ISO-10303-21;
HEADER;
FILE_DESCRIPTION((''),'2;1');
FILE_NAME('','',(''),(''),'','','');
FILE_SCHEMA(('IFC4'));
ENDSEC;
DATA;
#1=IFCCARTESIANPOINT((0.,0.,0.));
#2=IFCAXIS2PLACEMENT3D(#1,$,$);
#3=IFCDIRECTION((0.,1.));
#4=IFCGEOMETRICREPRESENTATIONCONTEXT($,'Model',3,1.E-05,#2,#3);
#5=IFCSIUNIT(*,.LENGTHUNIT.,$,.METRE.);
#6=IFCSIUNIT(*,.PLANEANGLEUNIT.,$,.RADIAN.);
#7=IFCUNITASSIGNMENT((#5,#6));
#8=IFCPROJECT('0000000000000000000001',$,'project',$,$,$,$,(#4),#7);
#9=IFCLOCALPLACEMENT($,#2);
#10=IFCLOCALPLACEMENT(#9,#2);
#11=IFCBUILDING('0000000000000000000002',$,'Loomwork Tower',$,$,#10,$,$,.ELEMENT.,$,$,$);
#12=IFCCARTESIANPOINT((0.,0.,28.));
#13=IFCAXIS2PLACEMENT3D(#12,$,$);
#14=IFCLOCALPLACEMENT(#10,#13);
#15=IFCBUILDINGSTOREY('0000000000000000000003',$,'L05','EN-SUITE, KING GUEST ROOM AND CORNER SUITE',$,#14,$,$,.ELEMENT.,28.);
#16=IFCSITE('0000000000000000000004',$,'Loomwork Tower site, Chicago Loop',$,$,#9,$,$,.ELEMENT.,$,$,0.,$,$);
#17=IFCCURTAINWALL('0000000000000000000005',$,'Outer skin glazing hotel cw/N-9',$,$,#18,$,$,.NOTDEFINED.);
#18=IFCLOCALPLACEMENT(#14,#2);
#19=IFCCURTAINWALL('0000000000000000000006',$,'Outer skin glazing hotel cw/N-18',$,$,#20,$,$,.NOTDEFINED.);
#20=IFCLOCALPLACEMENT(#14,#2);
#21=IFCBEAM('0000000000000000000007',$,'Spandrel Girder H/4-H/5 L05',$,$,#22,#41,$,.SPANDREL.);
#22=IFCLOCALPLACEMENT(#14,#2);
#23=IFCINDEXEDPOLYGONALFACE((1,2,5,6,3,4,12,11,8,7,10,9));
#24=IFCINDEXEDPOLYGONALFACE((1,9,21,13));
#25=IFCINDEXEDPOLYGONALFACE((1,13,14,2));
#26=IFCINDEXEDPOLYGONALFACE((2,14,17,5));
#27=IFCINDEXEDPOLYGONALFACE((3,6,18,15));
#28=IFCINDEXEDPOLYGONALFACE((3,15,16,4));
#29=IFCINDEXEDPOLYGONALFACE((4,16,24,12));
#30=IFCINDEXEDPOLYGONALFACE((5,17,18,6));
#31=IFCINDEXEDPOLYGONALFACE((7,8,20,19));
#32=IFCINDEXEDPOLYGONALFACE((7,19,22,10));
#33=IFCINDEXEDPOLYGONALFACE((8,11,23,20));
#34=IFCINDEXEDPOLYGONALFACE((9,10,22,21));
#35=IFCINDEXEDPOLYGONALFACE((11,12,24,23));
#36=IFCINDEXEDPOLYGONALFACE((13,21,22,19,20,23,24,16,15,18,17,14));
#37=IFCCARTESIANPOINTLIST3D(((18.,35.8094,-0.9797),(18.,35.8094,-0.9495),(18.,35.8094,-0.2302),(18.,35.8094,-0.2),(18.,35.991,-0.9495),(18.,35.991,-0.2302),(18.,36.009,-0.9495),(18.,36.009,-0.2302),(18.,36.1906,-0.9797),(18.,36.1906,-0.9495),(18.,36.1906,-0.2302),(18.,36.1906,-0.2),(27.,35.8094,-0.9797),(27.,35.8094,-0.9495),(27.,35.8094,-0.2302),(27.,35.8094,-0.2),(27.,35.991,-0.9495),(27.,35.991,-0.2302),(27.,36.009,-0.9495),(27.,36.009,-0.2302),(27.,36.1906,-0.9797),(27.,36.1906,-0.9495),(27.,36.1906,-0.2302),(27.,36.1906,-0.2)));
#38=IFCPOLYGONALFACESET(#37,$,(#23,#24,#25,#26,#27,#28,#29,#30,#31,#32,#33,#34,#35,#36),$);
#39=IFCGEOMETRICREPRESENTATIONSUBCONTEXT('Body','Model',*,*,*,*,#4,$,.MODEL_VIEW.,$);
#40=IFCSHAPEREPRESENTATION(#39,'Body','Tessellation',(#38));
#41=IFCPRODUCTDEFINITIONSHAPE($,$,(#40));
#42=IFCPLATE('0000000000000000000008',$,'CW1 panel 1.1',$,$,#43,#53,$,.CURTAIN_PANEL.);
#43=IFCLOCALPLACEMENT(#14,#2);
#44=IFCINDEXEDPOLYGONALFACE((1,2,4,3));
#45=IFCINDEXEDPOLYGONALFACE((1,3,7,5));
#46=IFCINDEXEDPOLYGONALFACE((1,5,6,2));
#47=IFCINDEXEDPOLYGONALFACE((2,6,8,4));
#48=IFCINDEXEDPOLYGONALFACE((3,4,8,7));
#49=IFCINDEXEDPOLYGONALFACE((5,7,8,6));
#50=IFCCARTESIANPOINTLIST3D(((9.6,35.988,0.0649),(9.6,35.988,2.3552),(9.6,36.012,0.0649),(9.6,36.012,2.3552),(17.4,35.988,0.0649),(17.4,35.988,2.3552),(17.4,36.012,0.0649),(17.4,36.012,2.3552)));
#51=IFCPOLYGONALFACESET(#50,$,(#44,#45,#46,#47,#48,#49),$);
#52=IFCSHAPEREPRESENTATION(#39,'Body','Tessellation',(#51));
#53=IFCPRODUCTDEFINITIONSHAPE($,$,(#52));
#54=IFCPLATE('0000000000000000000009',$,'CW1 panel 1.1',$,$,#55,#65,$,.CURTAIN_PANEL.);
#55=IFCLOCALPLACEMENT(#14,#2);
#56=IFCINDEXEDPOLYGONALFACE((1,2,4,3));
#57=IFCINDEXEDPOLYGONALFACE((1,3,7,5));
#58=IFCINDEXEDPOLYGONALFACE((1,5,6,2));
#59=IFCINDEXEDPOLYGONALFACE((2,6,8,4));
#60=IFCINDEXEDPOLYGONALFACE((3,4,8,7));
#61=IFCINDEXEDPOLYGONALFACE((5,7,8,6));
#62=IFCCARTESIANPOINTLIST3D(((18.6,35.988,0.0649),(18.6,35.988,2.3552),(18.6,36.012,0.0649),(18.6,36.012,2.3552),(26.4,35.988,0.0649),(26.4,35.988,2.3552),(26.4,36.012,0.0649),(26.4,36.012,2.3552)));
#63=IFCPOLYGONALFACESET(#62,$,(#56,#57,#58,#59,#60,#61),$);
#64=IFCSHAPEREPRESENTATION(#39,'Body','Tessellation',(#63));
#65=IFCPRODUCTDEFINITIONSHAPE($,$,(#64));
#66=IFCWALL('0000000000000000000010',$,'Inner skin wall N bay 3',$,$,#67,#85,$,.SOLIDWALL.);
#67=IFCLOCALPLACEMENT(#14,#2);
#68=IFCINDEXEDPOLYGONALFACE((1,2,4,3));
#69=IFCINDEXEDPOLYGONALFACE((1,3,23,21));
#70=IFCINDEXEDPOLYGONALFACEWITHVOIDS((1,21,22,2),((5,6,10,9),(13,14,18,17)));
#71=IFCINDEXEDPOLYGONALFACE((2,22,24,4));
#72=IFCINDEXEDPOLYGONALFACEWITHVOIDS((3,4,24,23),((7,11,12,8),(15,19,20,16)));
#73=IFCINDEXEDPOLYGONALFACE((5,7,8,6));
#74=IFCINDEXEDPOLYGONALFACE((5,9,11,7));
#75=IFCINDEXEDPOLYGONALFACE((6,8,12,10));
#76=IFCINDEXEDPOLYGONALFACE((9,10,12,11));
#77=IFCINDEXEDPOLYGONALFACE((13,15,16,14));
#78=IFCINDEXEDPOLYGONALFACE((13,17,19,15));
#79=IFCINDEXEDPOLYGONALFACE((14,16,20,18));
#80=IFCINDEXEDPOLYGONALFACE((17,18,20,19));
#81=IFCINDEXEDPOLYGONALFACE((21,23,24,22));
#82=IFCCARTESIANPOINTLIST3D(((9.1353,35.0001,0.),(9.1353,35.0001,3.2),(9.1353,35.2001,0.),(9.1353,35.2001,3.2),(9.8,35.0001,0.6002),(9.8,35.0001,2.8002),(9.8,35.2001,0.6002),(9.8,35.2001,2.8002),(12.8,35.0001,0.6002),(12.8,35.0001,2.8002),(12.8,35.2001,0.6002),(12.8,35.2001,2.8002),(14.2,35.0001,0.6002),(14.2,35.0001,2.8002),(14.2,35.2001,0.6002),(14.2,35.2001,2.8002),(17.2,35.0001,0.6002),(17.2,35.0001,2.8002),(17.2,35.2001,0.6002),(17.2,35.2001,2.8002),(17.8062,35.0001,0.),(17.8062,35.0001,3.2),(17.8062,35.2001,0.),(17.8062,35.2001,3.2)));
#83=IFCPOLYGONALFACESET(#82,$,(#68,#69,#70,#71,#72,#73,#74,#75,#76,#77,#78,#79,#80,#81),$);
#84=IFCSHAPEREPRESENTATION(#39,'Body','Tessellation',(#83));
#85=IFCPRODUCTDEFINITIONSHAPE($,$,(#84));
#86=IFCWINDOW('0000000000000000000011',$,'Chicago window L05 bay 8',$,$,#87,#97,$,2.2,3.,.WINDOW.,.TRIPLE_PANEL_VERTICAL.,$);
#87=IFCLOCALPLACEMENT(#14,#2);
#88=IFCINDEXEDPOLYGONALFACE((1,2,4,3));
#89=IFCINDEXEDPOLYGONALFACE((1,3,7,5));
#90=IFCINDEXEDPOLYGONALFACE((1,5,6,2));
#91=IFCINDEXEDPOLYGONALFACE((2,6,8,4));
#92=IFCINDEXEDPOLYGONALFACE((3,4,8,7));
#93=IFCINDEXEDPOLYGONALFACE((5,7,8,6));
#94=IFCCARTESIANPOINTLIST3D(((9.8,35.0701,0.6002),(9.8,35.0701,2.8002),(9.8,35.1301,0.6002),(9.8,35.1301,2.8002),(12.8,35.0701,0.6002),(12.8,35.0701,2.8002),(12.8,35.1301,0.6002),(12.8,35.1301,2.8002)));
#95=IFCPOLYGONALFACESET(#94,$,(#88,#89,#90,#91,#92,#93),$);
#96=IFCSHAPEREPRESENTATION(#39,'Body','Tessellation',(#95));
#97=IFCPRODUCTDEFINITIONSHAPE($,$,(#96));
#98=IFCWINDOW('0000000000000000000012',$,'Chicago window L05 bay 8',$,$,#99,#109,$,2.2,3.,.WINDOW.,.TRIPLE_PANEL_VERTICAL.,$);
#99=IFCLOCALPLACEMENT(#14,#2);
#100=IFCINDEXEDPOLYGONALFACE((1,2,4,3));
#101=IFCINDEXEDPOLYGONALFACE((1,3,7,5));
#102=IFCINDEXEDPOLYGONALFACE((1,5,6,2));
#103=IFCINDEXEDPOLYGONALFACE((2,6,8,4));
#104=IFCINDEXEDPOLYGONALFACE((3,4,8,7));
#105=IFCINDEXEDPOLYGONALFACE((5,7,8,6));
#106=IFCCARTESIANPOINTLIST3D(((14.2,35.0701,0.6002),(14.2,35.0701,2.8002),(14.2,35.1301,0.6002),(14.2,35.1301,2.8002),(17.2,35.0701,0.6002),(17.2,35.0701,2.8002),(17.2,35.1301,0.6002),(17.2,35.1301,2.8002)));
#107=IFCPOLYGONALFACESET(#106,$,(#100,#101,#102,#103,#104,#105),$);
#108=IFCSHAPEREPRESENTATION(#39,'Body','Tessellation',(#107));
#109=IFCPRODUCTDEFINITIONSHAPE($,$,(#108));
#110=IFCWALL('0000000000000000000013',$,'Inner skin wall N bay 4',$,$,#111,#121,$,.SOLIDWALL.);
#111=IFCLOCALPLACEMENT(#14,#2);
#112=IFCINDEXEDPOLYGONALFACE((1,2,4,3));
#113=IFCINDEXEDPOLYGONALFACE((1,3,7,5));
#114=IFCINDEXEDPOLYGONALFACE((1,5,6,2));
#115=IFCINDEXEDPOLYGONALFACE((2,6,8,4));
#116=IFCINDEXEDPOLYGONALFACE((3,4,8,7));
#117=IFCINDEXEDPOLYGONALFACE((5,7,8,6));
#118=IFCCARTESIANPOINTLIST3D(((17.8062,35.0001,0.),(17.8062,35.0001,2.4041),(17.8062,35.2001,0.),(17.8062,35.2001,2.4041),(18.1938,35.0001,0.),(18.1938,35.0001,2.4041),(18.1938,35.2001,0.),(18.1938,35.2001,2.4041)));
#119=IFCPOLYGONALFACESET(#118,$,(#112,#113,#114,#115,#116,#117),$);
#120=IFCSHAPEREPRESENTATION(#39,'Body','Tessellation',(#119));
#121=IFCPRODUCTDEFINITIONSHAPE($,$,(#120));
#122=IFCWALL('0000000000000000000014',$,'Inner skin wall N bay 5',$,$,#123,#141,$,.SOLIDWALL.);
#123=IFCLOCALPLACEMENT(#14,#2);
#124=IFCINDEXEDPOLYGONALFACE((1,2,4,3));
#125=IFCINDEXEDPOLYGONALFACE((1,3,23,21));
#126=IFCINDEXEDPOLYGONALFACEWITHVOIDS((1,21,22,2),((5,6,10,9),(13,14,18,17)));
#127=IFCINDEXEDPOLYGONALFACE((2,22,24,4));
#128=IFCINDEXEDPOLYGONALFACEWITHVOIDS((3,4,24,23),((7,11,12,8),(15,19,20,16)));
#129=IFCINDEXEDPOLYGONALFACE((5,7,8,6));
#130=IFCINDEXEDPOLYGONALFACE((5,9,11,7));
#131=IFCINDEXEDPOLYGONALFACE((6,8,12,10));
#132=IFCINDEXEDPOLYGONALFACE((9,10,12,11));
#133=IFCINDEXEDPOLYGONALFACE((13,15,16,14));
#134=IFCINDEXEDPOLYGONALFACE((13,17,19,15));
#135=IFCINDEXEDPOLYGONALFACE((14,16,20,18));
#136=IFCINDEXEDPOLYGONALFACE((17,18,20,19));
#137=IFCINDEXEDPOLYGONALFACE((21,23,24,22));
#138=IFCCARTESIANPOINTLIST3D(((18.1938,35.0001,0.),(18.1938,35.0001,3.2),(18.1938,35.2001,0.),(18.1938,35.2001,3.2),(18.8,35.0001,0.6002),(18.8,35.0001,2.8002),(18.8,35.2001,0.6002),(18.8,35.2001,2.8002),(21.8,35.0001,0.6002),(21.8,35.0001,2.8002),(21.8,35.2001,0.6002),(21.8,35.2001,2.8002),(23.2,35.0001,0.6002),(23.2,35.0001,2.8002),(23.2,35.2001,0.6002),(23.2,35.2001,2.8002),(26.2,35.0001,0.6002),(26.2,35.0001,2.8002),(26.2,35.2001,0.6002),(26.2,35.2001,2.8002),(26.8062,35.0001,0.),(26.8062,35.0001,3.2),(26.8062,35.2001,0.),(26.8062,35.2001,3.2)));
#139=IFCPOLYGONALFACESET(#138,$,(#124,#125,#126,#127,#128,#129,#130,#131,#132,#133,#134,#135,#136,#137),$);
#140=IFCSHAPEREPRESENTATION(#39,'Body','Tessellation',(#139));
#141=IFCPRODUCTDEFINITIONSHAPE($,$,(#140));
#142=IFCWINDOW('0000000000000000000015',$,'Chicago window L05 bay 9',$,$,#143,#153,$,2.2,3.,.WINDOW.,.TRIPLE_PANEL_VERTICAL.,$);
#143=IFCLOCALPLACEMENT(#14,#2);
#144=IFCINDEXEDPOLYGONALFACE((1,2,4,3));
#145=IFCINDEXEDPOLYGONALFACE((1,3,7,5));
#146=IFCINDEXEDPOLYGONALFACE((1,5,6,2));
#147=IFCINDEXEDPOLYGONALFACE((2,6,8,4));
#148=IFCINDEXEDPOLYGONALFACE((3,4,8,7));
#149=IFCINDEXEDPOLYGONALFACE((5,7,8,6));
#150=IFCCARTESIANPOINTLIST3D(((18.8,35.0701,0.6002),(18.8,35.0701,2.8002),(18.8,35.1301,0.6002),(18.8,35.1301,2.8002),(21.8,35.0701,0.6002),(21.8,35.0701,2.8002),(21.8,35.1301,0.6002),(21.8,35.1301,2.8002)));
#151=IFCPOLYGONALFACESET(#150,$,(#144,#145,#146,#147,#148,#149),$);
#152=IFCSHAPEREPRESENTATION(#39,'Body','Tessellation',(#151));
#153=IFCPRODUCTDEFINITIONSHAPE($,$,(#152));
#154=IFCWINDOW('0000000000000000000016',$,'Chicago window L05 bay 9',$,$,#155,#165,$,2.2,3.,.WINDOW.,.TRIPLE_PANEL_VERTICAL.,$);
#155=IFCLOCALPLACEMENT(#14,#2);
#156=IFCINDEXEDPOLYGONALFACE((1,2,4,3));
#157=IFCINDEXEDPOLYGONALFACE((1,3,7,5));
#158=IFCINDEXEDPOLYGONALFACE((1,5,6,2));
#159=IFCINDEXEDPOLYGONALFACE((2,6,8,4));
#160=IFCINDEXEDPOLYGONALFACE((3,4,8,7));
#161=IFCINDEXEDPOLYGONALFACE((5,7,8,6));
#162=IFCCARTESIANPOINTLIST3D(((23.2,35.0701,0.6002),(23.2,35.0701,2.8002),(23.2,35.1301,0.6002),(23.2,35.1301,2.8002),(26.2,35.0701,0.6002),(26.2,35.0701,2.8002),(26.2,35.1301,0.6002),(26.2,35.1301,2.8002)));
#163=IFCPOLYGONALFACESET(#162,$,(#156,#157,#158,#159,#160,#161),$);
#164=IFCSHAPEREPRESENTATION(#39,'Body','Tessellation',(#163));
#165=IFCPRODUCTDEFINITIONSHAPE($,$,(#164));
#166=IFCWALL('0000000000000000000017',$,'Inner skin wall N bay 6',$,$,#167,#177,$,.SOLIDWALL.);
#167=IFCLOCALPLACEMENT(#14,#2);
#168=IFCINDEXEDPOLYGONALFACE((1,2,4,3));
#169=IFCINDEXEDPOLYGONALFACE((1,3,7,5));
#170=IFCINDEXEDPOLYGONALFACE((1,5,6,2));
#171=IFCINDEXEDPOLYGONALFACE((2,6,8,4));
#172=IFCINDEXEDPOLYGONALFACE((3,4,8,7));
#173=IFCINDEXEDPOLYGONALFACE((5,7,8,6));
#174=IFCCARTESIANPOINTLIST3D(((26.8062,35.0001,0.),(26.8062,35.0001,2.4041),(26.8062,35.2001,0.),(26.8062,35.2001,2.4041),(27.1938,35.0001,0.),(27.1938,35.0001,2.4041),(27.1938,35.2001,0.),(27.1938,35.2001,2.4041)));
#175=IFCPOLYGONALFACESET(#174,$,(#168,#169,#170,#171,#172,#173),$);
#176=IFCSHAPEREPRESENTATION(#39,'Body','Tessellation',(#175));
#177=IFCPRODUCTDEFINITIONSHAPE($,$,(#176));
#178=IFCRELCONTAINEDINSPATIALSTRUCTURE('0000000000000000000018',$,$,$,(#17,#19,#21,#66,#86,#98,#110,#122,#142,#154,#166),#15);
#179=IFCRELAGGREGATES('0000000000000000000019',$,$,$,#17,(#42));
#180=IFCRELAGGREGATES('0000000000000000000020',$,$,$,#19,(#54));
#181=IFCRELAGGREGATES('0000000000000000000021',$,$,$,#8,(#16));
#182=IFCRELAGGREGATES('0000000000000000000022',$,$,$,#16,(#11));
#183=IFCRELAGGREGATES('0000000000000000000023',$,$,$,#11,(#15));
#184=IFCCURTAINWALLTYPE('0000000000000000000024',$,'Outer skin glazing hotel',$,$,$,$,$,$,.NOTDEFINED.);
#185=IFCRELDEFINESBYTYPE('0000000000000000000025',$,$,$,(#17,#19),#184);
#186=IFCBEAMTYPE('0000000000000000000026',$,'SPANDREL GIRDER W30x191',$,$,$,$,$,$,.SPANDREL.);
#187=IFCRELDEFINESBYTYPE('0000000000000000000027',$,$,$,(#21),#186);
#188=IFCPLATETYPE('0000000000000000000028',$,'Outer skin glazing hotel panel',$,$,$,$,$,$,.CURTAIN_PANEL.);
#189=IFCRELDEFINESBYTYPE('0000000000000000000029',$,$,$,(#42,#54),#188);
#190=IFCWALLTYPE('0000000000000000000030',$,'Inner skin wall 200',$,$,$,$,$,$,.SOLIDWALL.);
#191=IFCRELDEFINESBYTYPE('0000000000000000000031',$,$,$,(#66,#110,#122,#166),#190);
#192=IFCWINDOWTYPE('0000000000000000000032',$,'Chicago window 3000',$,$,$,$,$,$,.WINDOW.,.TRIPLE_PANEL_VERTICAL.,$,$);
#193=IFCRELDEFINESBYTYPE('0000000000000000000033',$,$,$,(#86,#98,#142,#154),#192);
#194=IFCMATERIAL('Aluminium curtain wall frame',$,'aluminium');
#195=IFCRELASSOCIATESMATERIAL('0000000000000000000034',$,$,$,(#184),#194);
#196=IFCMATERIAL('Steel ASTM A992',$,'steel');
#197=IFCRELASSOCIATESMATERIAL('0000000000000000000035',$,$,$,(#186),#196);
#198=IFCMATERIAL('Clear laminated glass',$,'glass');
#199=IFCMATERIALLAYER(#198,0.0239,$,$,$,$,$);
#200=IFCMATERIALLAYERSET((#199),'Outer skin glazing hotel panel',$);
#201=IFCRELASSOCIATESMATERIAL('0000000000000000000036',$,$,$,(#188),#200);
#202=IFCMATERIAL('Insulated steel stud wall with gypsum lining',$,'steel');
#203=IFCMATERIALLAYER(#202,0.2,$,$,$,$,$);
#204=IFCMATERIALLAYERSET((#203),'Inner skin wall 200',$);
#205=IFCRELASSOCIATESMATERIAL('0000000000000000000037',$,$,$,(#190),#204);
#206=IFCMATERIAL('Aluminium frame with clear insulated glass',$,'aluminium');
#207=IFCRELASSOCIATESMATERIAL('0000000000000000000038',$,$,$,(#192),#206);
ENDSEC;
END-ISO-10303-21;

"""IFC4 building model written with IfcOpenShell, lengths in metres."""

from ifc_helpers import new_model, si_unit, direction, frame, frame_2d, origin, origin_2d, place, context, subcontext, project, spatial, rectangle, i_section, extrude, material, layer, layer_set, material_profile, profile_set, type_object, element, fill, aggregate, save


model = new_model("IFC4")

# Units and contexts
model_context = context("Model", 3, precision=1e-05, world=origin(), true_north=direction((0.0, 1.0)))
body_context = subcontext(model_context, "Body", "Model", "MODEL_VIEW")
ifc_project = project(units=[si_unit("LENGTHUNIT", "METRE"), si_unit("PLANEANGLEUNIT", "RADIAN")], contexts=[model_context])

# Site, building, storey
site_placement = place(None, origin())
site = spatial("IfcSite", under=ifc_project, at=site_placement, Name="Loomwork Tower site, Chicago Loop", CompositionType="ELEMENT", RefElevation=0.0)
building_placement = place(site_placement, origin())
building = spatial("IfcBuilding", under=site, at=building_placement, Name="Loomwork Tower", CompositionType="ELEMENT")
storey_placement = place(building_placement, frame((0.0, 0.0, 28.0)))
storey = spatial("IfcBuildingStorey", under=building, at=storey_placement, Name="L05", Description="EN-SUITE, KING GUEST ROOM AND CORNER SUITE", CompositionType="ELEMENT", Elevation=28.0)

# Curtain walls
ifc_material_1 = material(Name="Aluminium curtain wall frame", Category="aluminium")
curtain_wall_type = type_object("IfcCurtainWallType", Name="Outer skin glazing hotel", PredefinedType="NOTDEFINED", material=ifc_material_1)
curtain_wall_1_placement = place(storey_placement, origin())
curtain_wall_1 = element("IfcCurtainWall", 1, at=curtain_wall_1_placement, inside=storey, type_object=curtain_wall_type, Name="Outer skin glazing hotel cw/N-9", PredefinedType="NOTDEFINED")
curtain_wall_2_placement = place(storey_placement, origin())
curtain_wall_2 = element("IfcCurtainWall", 2, at=curtain_wall_2_placement, inside=storey, type_object=curtain_wall_type, Name="Outer skin glazing hotel cw/N-18", PredefinedType="NOTDEFINED")

# Beam
ifc_material_2 = material(Name="Steel ASTM A992", Category="steel")
ifc_material_profile_1 = material_profile(ifc_material_2, i_section(OverallWidth=0.3811, OverallDepth=0.7798, WebThickness=0.0181, FlangeThickness=0.0303, at=origin_2d()), Name="W30x191")
ifc_profile_set_1 = profile_set([ifc_material_profile_1], Name="Steel ASTM A992")
beam_type = type_object("IfcBeamType", Name="SPANDREL GIRDER W30x191", PredefinedType="SPANDREL", material=ifc_profile_set_1)
for number, where, z_axis, x_axis, name in (
    (3, (18.0, 36.0, -0.5898), (1.0, 0.0, 0.0), (0.0, 1.0, 0.0), "Spandrel Girder H/4-H/5 L05"),
):
    element("IfcBeam", number, at=place(storey_placement, frame(where, z_axis=z_axis, x_axis=x_axis)), inside=storey, type_object=beam_type, Name=name, PredefinedType="SPANDREL", context=body_context, shape_type="SweptSolid", body=[
        extrude(i_section(OverallWidth=0.3811, OverallDepth=0.7798, WebThickness=0.0181, FlangeThickness=0.0303, at=origin_2d()), origin(), (0.0, 0.0, 1.0), 9.0),
    ])

# Plates
ifc_material_3 = material(Name="Clear laminated glass", Category="glass")
ifc_layer_1 = layer(ifc_material_3, 0.0239)
ifc_layer_set_1 = layer_set([ifc_layer_1], Name="Outer skin glazing hotel panel")
plate_type = type_object("IfcPlateType", Name="Outer skin glazing hotel panel", PredefinedType="CURTAIN_PANEL", material=ifc_layer_set_1)
plate_1_placement = place(storey_placement, frame((13.5, 36.0, 0.0649), z_axis=(0.0, 0.0, 1.0), x_axis=(-1.0, 0.0, 0.0)))
plate_1 = element("IfcPlate", 4, at=plate_1_placement, type_object=plate_type, Name="CW1 panel 1.1", PredefinedType="CURTAIN_PANEL", context=body_context, shape_type="SweptSolid", body=[
    extrude(rectangle(XDim=7.8, YDim=0.0239, at=origin_2d()), origin(), (0.0, 0.0, 1.0), 2.2903),
])
aggregate(curtain_wall_1, [plate_1])
plate_2_placement = place(storey_placement, frame((22.5, 36.0, 0.0649), z_axis=(0.0, 0.0, 1.0), x_axis=(-1.0, 0.0, 0.0)))
plate_2 = element("IfcPlate", 5, at=plate_2_placement, type_object=plate_type, Name="CW1 panel 1.1", PredefinedType="CURTAIN_PANEL", context=body_context, shape_type="SweptSolid", body=[
    extrude(rectangle(XDim=7.8, YDim=0.0239, at=origin_2d()), origin(), (0.0, 0.0, 1.0), 2.2903),
])
aggregate(curtain_wall_2, [plate_2])

# Wall, openings, windows
ifc_material_4 = material(Name="Insulated steel stud wall with gypsum lining", Category="steel")
ifc_layer_2 = layer(ifc_material_4, 0.2)
ifc_layer_set_2 = layer_set([ifc_layer_2], Name="Inner skin wall 200")
wall_type = type_object("IfcWallType", Name="Inner skin wall 200", PredefinedType="SOLIDWALL", material=ifc_layer_set_2)
wall_1_placement = place(storey_placement, frame((9.1353, 35.1001, 0.0), z_axis=(0.0, 0.0, 1.0), x_axis=(1.0, 0.0, 0.0)))
wall_1 = element("IfcWall", 6, at=wall_1_placement, inside=storey, type_object=wall_type, Name="Inner skin wall N bay 3", PredefinedType="SOLIDWALL", context=body_context, shape_type="SweptSolid", body=[
    extrude(rectangle(XDim=8.6709, YDim=0.2, at=frame_2d((4.3354, 0.0))), origin(), (0.0, 0.0, 1.0), 3.2),
])
opening_1_placement = place(wall_1_placement, frame((0.6648, 0.0, 0.6001)))
opening_1 = element("IfcOpeningElement", 7, at=opening_1_placement, cuts=wall_1, PredefinedType="OPENING", context=body_context, shape_type="SweptSolid", body=[
    extrude(rectangle(XDim=3.0, YDim=2.2, at=frame_2d((1.5, 1.1001))), frame((0.0, 0.1099, 0.0), z_axis=(0.0, -1.0, 0.0), x_axis=(1.0, 0.0, 0.0)), (0.0, 0.0, 1.0), 0.22),
])
opening_2_placement = place(wall_1_placement, frame((5.0647, 0.0, 0.6001)))
opening_2 = element("IfcOpeningElement", 8, at=opening_2_placement, cuts=wall_1, PredefinedType="OPENING", context=body_context, shape_type="SweptSolid", body=[
    extrude(rectangle(XDim=3.0, YDim=2.2, at=frame_2d((1.5, 1.1001))), frame((0.0, 0.1099, 0.0), z_axis=(0.0, -1.0, 0.0), x_axis=(1.0, 0.0, 0.0)), (0.0, 0.0, 1.0), 0.22),
])
ifc_material_5 = material(Name="Aluminium frame with clear insulated glass", Category="aluminium")
window_type = type_object("IfcWindowType", Name="Chicago window 3000", PartitioningType="TRIPLE_PANEL_VERTICAL", PredefinedType="WINDOW", material=ifc_material_5)
window_1_placement = place(opening_1_placement, origin())
window_1 = element("IfcWindow", 9, at=window_1_placement, inside=storey, type_object=window_type, Name="Chicago window L05 bay 8", OverallHeight=2.2, OverallWidth=3.0, PartitioningType="TRIPLE_PANEL_VERTICAL", PredefinedType="WINDOW", context=body_context, shape_type="SweptSolid", body=[
    extrude(rectangle(XDim=3.0, YDim=2.2, at=frame_2d((1.5, 1.1001))), frame((0.0, 0.03, 0.0), z_axis=(0.0, -1.0, 0.0), x_axis=(1.0, 0.0, 0.0)), (0.0, 0.0, 1.0), 0.0601),
])
fill(opening_1, window_1)
window_2_placement = place(opening_2_placement, origin())
window_2 = element("IfcWindow", 10, at=window_2_placement, inside=storey, type_object=window_type, Name="Chicago window L05 bay 8", OverallHeight=2.2, OverallWidth=3.0, PartitioningType="TRIPLE_PANEL_VERTICAL", PredefinedType="WINDOW", context=body_context, shape_type="SweptSolid", body=[
    extrude(rectangle(XDim=3.0, YDim=2.2, at=frame_2d((1.5, 1.1001))), frame((0.0, 0.03, 0.0), z_axis=(0.0, -1.0, 0.0), x_axis=(1.0, 0.0, 0.0)), (0.0, 0.0, 1.0), 0.0601),
])
fill(opening_2, window_2)

# Wall
wall_2_placement = place(storey_placement, frame((17.8062, 35.1001, 0.0), z_axis=(0.0, 0.0, 1.0), x_axis=(1.0, 0.0, 0.0)))
element("IfcWall", 11, at=wall_2_placement, inside=storey, type_object=wall_type, Name="Inner skin wall N bay 4", PredefinedType="SOLIDWALL", context=body_context, shape_type="SweptSolid", body=[
    extrude(rectangle(XDim=0.3877, YDim=0.2, at=frame_2d((0.1938, 0.0))), origin(), (0.0, 0.0, 1.0), 2.4041),
])

# Wall, openings, windows
wall_3_placement = place(storey_placement, frame((18.1938, 35.1001, 0.0), z_axis=(0.0, 0.0, 1.0), x_axis=(1.0, 0.0, 0.0)))
wall_3 = element("IfcWall", 12, at=wall_3_placement, inside=storey, type_object=wall_type, Name="Inner skin wall N bay 5", PredefinedType="SOLIDWALL", context=body_context, shape_type="SweptSolid", body=[
    extrude(rectangle(XDim=8.6123, YDim=0.2, at=frame_2d((4.3062, 0.0))), origin(), (0.0, 0.0, 1.0), 3.2),
])
opening_3_placement = place(wall_3_placement, frame((0.6062, 0.0, 0.6001)))
opening_3 = element("IfcOpeningElement", 13, at=opening_3_placement, cuts=wall_3, PredefinedType="OPENING", context=body_context, shape_type="SweptSolid", body=[
    extrude(rectangle(XDim=3.0, YDim=2.2, at=frame_2d((1.5, 1.1001))), frame((0.0, 0.1099, 0.0), z_axis=(0.0, -1.0, 0.0), x_axis=(1.0, 0.0, 0.0)), (0.0, 0.0, 1.0), 0.22),
])
opening_4_placement = place(wall_3_placement, frame((5.0061, 0.0, 0.6001)))
opening_4 = element("IfcOpeningElement", 14, at=opening_4_placement, cuts=wall_3, PredefinedType="OPENING", context=body_context, shape_type="SweptSolid", body=[
    extrude(rectangle(XDim=3.0, YDim=2.2, at=frame_2d((1.5, 1.1001))), frame((0.0, 0.1099, 0.0), z_axis=(0.0, -1.0, 0.0), x_axis=(1.0, 0.0, 0.0)), (0.0, 0.0, 1.0), 0.22),
])
window_3_placement = place(opening_3_placement, origin())
window_3 = element("IfcWindow", 15, at=window_3_placement, inside=storey, type_object=window_type, Name="Chicago window L05 bay 9", OverallHeight=2.2, OverallWidth=3.0, PartitioningType="TRIPLE_PANEL_VERTICAL", PredefinedType="WINDOW", context=body_context, shape_type="SweptSolid", body=[
    extrude(rectangle(XDim=3.0, YDim=2.2, at=frame_2d((1.5, 1.1001))), frame((0.0, 0.03, 0.0), z_axis=(0.0, -1.0, 0.0), x_axis=(1.0, 0.0, 0.0)), (0.0, 0.0, 1.0), 0.0601),
])
fill(opening_3, window_3)
window_4_placement = place(opening_4_placement, origin())
window_4 = element("IfcWindow", 16, at=window_4_placement, inside=storey, type_object=window_type, Name="Chicago window L05 bay 9", OverallHeight=2.2, OverallWidth=3.0, PartitioningType="TRIPLE_PANEL_VERTICAL", PredefinedType="WINDOW", context=body_context, shape_type="SweptSolid", body=[
    extrude(rectangle(XDim=3.0, YDim=2.2, at=frame_2d((1.5, 1.1001))), frame((0.0, 0.03, 0.0), z_axis=(0.0, -1.0, 0.0), x_axis=(1.0, 0.0, 0.0)), (0.0, 0.0, 1.0), 0.0601),
])
fill(opening_4, window_4)

# Wall
wall_4_placement = place(storey_placement, frame((26.8062, 35.1001, 0.0), z_axis=(0.0, 0.0, 1.0), x_axis=(1.0, 0.0, 0.0)))
element("IfcWall", 17, at=wall_4_placement, inside=storey, type_object=wall_type, Name="Inner skin wall N bay 6", PredefinedType="SOLIDWALL", context=body_context, shape_type="SweptSolid", body=[
    extrude(rectangle(XDim=0.3877, YDim=0.2, at=frame_2d((0.1938, 0.0))), origin(), (0.0, 0.0, 1.0), 2.4041),
])

save(model, "model.ifc")
